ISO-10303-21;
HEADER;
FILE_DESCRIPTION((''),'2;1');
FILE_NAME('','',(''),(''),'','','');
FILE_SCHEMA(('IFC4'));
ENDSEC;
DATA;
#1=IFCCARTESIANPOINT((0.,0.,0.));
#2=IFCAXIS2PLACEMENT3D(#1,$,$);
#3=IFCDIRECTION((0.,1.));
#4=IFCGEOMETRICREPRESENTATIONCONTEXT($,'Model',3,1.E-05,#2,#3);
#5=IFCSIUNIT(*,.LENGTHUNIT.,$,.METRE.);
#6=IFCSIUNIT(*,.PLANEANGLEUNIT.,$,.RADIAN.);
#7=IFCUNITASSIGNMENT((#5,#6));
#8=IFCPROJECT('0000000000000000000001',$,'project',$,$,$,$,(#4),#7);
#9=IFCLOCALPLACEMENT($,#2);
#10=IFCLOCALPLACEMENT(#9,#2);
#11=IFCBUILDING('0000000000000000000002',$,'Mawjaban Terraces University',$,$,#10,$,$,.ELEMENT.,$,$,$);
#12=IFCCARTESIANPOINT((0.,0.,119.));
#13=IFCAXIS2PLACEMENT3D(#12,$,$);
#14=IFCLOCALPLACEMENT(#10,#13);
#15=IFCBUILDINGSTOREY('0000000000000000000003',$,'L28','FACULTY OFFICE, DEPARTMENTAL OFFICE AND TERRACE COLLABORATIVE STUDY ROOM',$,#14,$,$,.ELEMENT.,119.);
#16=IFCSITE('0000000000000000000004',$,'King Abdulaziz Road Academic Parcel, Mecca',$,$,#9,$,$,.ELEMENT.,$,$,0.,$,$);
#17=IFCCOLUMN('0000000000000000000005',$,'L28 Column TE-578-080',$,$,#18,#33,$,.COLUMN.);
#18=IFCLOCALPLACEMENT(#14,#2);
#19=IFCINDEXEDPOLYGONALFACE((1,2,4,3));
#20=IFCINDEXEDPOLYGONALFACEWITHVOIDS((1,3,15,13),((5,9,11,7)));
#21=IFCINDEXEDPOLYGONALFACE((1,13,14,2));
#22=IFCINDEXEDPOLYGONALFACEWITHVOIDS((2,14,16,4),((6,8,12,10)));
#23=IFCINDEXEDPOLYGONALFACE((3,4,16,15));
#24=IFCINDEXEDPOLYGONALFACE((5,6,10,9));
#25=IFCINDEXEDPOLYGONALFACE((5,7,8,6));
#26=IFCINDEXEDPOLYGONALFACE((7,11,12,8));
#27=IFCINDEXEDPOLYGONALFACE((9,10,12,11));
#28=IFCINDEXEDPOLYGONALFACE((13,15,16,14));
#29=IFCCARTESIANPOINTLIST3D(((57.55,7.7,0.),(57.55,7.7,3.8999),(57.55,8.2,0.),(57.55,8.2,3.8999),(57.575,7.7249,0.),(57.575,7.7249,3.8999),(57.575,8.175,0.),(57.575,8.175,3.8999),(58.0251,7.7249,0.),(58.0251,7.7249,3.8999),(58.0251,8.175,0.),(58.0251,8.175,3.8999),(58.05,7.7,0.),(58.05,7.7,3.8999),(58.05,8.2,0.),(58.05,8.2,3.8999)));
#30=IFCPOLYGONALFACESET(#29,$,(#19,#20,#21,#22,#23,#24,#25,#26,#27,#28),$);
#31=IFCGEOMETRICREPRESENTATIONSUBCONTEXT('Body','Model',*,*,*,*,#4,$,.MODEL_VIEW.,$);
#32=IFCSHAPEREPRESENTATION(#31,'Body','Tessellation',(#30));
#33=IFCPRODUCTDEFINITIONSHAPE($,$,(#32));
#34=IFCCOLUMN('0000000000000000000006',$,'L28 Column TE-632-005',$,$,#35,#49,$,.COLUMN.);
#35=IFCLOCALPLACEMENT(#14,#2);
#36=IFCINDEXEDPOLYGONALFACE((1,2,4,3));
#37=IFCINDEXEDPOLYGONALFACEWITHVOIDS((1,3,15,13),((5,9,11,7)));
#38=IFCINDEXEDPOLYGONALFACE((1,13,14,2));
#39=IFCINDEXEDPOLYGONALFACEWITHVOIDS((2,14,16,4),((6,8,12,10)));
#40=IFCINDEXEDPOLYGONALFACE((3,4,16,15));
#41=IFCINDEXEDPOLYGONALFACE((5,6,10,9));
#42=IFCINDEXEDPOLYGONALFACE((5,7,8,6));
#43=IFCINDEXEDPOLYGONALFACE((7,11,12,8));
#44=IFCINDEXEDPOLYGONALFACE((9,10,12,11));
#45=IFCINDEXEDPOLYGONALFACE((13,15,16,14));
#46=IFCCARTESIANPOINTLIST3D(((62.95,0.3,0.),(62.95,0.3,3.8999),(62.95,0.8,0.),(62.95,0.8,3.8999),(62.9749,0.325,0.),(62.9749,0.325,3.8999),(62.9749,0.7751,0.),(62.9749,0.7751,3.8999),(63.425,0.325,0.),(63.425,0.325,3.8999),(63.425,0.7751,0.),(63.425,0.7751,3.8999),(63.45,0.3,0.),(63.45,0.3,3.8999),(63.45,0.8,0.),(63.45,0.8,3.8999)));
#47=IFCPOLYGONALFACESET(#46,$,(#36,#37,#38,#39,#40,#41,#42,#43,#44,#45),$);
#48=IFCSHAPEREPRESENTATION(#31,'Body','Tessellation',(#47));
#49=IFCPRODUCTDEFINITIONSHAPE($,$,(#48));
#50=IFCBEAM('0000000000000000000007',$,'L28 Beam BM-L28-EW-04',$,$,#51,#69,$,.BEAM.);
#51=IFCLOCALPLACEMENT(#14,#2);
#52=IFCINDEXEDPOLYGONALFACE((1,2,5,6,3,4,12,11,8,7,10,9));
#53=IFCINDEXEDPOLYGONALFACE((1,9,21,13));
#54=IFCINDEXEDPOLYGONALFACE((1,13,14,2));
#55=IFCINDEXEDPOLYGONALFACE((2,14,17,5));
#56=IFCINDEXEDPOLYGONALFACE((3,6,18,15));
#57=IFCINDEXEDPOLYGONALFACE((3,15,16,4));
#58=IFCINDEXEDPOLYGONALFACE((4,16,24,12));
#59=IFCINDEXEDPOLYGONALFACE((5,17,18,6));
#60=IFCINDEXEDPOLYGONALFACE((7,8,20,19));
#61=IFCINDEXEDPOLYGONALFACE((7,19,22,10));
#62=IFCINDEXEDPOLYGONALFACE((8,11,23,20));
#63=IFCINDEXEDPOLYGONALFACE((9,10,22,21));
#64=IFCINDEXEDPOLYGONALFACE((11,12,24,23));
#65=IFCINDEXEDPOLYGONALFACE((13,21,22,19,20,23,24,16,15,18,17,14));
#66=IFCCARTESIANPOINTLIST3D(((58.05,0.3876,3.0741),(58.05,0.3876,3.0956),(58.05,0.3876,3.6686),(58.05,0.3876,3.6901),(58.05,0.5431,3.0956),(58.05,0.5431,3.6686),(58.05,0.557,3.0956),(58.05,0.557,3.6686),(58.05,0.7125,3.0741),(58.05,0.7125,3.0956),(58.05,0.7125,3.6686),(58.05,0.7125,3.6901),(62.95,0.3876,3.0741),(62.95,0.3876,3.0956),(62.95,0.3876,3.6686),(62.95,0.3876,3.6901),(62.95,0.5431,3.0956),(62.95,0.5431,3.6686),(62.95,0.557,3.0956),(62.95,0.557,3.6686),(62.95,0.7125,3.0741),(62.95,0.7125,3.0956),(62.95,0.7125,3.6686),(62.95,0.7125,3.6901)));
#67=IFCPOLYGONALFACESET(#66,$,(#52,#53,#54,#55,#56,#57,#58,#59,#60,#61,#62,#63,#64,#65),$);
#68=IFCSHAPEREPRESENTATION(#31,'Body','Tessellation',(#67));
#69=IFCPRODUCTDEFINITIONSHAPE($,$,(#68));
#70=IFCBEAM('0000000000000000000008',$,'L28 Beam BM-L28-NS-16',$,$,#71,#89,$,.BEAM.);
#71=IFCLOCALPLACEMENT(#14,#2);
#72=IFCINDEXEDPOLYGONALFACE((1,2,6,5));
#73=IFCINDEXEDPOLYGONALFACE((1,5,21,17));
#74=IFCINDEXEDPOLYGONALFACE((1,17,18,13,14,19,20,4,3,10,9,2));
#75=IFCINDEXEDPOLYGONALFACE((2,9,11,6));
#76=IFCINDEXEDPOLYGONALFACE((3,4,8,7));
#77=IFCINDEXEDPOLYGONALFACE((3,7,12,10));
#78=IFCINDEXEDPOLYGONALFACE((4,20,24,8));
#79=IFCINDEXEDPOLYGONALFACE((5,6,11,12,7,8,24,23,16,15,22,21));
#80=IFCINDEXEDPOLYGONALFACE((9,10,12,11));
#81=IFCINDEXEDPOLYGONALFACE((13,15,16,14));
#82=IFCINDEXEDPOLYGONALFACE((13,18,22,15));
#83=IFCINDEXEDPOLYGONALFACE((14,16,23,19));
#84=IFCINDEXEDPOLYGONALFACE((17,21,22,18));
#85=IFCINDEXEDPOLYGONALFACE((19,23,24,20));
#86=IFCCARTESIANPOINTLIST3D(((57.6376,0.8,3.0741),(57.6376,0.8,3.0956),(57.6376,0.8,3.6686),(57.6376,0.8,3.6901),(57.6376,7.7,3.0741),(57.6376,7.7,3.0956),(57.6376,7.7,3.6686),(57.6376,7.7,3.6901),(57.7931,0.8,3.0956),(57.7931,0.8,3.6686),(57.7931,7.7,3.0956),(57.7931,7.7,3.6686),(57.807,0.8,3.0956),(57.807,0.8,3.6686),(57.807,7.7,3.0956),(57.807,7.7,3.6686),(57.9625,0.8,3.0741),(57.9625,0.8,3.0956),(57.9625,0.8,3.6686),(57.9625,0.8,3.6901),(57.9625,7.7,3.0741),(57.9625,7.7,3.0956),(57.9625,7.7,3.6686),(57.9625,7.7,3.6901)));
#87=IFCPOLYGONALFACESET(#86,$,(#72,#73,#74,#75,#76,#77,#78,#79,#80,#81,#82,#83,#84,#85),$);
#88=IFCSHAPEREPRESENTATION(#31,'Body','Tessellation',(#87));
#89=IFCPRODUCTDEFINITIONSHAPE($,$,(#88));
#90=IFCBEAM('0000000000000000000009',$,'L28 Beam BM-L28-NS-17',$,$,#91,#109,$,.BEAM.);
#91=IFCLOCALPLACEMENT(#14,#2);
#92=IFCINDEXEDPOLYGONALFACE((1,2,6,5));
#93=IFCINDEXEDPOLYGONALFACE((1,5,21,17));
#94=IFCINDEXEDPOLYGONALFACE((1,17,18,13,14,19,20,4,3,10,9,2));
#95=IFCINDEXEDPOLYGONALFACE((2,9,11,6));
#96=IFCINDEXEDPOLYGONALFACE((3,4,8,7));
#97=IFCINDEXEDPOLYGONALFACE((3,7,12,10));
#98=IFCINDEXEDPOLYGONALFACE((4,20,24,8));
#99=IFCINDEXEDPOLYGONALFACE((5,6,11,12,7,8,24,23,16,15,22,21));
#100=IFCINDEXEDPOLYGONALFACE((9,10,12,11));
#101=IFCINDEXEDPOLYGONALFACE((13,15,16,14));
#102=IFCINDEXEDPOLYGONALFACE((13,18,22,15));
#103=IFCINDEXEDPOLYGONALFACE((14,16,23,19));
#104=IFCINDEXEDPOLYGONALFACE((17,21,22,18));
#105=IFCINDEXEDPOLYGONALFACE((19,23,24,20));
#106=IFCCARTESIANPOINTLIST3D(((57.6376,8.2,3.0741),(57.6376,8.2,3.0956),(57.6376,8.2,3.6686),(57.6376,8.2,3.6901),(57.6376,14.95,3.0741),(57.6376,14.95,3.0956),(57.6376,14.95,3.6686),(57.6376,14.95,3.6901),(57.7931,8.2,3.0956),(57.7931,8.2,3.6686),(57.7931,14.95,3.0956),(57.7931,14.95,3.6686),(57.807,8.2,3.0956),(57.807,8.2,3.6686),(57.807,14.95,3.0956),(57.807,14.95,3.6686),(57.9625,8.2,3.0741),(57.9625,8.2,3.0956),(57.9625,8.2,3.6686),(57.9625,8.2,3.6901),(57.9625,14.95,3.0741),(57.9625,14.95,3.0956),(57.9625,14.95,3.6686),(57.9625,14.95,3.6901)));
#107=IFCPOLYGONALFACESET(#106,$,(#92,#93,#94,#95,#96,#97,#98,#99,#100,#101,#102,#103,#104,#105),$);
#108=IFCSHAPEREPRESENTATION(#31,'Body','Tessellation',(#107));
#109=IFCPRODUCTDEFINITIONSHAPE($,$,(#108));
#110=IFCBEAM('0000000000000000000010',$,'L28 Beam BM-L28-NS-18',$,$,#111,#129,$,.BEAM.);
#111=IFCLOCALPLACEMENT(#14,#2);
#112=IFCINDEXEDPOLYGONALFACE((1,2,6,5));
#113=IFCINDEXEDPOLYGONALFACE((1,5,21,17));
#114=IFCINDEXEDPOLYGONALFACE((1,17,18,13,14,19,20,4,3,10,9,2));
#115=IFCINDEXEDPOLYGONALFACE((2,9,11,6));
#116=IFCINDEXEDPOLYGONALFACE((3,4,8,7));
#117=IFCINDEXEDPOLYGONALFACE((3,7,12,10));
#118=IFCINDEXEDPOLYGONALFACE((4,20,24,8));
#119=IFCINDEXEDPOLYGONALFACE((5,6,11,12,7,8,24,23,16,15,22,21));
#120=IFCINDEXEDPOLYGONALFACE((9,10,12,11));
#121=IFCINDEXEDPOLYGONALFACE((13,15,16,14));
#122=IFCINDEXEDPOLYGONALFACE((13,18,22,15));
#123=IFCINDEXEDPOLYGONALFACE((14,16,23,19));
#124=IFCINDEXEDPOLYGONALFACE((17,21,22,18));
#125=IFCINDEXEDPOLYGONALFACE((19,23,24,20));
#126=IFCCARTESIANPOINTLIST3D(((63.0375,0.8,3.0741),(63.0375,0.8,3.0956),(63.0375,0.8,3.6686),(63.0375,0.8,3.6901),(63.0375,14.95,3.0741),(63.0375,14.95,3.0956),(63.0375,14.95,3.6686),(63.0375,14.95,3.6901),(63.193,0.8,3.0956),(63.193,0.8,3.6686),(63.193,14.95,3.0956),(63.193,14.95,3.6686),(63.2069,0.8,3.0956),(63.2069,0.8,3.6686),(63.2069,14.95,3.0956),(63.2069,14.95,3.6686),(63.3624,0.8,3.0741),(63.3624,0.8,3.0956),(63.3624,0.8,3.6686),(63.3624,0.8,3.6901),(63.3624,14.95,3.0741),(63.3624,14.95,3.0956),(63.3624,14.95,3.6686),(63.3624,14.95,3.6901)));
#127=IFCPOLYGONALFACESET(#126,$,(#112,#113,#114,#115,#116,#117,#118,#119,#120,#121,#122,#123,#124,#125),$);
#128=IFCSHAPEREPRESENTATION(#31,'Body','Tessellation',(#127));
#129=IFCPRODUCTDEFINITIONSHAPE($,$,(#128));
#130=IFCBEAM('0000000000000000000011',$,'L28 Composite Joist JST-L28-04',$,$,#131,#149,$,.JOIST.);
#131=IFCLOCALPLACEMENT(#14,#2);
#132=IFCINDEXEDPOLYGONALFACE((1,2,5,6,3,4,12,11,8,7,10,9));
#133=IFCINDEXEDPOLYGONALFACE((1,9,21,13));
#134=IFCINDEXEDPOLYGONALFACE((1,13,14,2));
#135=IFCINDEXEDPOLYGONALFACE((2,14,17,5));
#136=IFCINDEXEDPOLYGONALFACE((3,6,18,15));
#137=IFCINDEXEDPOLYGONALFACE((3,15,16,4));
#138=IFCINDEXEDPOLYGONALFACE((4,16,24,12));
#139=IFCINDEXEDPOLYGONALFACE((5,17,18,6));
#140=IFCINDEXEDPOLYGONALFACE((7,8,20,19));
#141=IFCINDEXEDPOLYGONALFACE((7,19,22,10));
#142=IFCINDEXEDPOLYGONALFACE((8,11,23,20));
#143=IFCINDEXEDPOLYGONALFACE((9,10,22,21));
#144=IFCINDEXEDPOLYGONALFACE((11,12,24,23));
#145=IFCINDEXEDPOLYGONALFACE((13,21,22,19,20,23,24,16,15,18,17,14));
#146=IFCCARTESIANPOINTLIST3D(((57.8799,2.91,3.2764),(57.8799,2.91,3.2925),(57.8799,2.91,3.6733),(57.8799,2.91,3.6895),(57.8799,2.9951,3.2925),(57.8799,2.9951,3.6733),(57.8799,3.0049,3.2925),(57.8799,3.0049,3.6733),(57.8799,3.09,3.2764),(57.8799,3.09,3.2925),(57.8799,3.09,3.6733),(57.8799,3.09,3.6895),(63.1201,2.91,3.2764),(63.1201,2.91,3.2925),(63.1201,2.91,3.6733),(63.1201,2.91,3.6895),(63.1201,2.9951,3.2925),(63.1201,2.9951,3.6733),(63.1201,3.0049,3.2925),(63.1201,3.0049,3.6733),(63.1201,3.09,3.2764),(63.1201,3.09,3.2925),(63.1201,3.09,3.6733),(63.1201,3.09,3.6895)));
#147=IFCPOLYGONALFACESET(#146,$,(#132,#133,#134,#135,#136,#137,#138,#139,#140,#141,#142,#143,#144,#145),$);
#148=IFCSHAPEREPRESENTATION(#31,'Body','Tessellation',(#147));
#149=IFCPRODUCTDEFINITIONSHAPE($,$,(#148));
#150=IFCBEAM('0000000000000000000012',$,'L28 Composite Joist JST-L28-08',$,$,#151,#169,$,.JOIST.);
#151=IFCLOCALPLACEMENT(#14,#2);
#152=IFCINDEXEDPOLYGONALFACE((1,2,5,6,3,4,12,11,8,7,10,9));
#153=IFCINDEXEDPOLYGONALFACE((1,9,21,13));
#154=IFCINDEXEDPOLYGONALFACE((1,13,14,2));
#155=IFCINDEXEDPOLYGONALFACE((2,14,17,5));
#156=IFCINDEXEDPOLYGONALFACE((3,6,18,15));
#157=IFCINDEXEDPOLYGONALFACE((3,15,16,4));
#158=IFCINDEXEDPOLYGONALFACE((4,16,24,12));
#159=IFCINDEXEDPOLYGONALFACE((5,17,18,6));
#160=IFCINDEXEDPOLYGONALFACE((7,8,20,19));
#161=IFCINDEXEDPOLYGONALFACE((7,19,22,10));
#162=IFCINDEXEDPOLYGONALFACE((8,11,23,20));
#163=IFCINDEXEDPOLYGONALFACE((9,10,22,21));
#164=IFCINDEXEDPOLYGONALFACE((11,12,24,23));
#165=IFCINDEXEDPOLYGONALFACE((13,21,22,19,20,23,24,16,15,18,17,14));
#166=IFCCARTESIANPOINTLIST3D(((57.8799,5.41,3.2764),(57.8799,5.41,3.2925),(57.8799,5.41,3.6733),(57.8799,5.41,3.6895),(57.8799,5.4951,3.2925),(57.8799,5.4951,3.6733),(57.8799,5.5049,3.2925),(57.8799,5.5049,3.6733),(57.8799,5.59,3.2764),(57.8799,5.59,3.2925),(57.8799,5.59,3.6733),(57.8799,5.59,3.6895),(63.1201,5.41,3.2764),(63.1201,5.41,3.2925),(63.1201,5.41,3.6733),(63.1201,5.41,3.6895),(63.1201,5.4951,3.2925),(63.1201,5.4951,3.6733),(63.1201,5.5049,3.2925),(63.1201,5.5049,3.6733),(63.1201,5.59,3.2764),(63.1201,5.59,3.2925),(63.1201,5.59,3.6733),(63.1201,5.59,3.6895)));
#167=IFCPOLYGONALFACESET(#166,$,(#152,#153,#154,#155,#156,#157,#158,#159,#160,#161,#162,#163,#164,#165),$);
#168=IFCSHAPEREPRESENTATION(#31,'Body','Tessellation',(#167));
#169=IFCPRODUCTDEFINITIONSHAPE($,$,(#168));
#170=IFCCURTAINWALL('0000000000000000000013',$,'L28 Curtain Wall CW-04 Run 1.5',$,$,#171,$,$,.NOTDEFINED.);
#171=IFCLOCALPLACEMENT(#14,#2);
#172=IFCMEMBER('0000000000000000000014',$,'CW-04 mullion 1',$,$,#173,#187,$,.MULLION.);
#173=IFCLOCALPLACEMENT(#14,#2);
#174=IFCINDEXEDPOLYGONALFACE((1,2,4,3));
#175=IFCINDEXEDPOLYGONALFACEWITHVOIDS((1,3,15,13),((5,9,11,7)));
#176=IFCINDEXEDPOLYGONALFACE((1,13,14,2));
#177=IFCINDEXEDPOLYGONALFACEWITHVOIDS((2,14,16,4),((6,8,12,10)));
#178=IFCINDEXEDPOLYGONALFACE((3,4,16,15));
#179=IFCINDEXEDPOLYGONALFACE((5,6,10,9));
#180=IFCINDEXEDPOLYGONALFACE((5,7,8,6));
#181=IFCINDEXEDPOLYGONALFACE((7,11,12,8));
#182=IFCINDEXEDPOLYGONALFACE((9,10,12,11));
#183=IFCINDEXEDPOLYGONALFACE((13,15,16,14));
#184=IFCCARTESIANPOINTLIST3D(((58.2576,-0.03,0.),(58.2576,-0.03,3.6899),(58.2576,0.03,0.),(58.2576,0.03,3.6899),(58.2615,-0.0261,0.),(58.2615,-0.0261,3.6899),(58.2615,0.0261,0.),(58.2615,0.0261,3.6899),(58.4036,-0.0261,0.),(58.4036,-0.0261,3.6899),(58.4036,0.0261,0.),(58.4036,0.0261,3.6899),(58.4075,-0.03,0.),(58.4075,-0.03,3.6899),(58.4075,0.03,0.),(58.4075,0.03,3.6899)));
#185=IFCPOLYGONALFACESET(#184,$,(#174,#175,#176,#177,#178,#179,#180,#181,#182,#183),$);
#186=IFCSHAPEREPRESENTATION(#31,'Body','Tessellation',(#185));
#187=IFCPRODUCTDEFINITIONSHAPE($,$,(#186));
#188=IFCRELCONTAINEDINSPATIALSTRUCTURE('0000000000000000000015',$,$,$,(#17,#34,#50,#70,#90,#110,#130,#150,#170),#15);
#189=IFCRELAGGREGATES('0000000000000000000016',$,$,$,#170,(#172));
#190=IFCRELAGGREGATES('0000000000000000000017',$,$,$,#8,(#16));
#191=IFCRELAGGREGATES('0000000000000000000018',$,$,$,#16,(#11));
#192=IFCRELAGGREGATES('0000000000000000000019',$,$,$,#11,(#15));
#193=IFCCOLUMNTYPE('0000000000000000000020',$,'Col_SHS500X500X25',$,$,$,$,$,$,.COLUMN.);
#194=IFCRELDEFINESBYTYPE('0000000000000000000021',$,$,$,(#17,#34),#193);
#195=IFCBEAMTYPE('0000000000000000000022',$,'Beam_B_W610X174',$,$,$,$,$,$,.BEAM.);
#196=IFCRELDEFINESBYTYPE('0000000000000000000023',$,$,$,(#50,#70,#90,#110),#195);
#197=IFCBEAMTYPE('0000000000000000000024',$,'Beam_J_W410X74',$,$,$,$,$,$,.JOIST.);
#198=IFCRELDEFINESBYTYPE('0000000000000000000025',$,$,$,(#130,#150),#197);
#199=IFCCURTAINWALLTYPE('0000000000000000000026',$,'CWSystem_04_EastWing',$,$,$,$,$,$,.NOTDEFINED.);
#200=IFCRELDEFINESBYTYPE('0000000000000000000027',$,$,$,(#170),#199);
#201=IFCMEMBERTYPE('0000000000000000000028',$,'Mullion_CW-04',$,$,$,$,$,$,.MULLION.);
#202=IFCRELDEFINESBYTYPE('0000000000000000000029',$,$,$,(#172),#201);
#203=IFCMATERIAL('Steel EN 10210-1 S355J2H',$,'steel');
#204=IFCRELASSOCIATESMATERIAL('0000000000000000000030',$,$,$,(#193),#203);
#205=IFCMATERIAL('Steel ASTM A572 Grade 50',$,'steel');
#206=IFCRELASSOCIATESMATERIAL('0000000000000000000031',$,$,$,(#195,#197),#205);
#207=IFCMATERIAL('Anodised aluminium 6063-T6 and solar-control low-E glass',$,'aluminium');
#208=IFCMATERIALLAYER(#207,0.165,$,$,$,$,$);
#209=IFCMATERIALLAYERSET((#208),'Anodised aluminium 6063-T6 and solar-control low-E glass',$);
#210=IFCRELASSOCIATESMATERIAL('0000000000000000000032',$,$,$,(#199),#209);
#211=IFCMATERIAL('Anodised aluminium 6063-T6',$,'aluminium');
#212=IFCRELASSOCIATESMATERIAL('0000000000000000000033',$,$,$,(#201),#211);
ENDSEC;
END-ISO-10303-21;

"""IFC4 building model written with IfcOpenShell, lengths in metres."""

from ifc_helpers import new_model, si_unit, direction, frame, origin, origin_2d, place, context, subcontext, project, spatial, hollow_rectangle, i_section, extrude, material, layer, layer_set, material_profile, profile_set, type_object, element, aggregate, save


model = new_model("IFC4")

# Units and contexts
model_context = context("Model", 3, precision=1e-05, world=origin(), true_north=direction((0.0, 1.0)))
body_context = subcontext(model_context, "Body", "Model", "MODEL_VIEW")
ifc_project = project(units=[si_unit("LENGTHUNIT", "METRE"), si_unit("PLANEANGLEUNIT", "RADIAN")], contexts=[model_context])

# Site, building, storey
site_placement = place(None, origin())
site = spatial("IfcSite", under=ifc_project, at=site_placement, Name="King Abdulaziz Road Academic Parcel, Mecca", CompositionType="ELEMENT", RefElevation=0.0)
building_placement = place(site_placement, origin())
building = spatial("IfcBuilding", under=site, at=building_placement, Name="Mawjaban Terraces University", CompositionType="ELEMENT")
storey_placement = place(building_placement, frame((0.0, 0.0, 119.0)))
storey = spatial("IfcBuildingStorey", under=building, at=storey_placement, Name="L28", Description="FACULTY OFFICE, DEPARTMENTAL OFFICE AND TERRACE COLLABORATIVE STUDY ROOM", CompositionType="ELEMENT", Elevation=119.0)

# Columns
ifc_material_1 = material(Name="Steel EN 10210-1 S355J2H", Category="steel")
ifc_material_profile_1 = material_profile(ifc_material_1, hollow_rectangle(XDim=0.5, YDim=0.5, WallThickness=0.0249, at=origin_2d()), Name="SHS500X500X25")
ifc_profile_set_1 = profile_set([ifc_material_profile_1], Name="Steel EN 10210-1 S355J2H")
column_type = type_object("IfcColumnType", Name="Col_SHS500X500X25", PredefinedType="COLUMN", material=ifc_profile_set_1)
for number, where, z_axis, x_axis, name in (
    (1, (57.8, 7.95, 0.0), (0.0, 0.0, 1.0), (1.0, 0.0, 0.0), "L28 Column TE-578-080"),
    (2, (63.2, 0.55, 0.0), (0.0, 0.0, 1.0), (1.0, 0.0, 0.0), "L28 Column TE-632-005"),
):
    element("IfcColumn", number, at=place(storey_placement, frame(where, z_axis=z_axis, x_axis=x_axis)), inside=storey, type_object=column_type, Name=name, PredefinedType="COLUMN", context=body_context, shape_type="SweptSolid", body=[
        extrude(hollow_rectangle(XDim=0.5, YDim=0.5, WallThickness=0.0249, at=origin_2d()), origin(), (0.0, 0.0, 1.0), 3.8999),
    ])

# Beams
ifc_material_2 = material(Name="Steel ASTM A572 Grade 50", Category="steel")
ifc_material_profile_2 = material_profile(ifc_material_2, i_section(OverallWidth=0.325, OverallDepth=0.616, WebThickness=0.0139, FlangeThickness=0.0215, at=origin_2d()), Name="W610X174")
ifc_profile_set_2 = profile_set([ifc_material_profile_2], Name="Steel ASTM A572 Grade 50")
beam_type_1 = type_object("IfcBeamType", Name="Beam_B_W610X174", PredefinedType="BEAM", material=ifc_profile_set_2)
beam_1_placement = place(storey_placement, frame((58.05, 0.55, 3.3821), z_axis=(1.0, 0.0, 0.0), x_axis=(0.0, 1.0, 0.0)))
element("IfcBeam", 3, at=beam_1_placement, inside=storey, type_object=beam_type_1, Name="L28 Beam BM-L28-EW-04", PredefinedType="BEAM", context=body_context, shape_type="SweptSolid", body=[
    extrude(i_section(OverallWidth=0.325, OverallDepth=0.616, WebThickness=0.0139, FlangeThickness=0.0215, at=origin_2d()), origin(), (0.0, 0.0, 1.0), 4.8999),
])
beam_2_placement = place(storey_placement, frame((57.8, 0.8, 3.3821), z_axis=(0.0, 1.0, 0.0), x_axis=(-1.0, 0.0, 0.0)))
element("IfcBeam", 4, at=beam_2_placement, inside=storey, type_object=beam_type_1, Name="L28 Beam BM-L28-NS-16", PredefinedType="BEAM", context=body_context, shape_type="SweptSolid", body=[
    extrude(i_section(OverallWidth=0.325, OverallDepth=0.616, WebThickness=0.0139, FlangeThickness=0.0215, at=origin_2d()), origin(), (0.0, 0.0, 1.0), 6.8999),
])
beam_3_placement = place(storey_placement, frame((57.8, 8.2, 3.3821), z_axis=(0.0, 1.0, 0.0), x_axis=(-1.0, 0.0, 0.0)))
element("IfcBeam", 5, at=beam_3_placement, inside=storey, type_object=beam_type_1, Name="L28 Beam BM-L28-NS-17", PredefinedType="BEAM", context=body_context, shape_type="SweptSolid", body=[
    extrude(i_section(OverallWidth=0.325, OverallDepth=0.616, WebThickness=0.0139, FlangeThickness=0.0215, at=origin_2d()), origin(), (0.0, 0.0, 1.0), 6.75),
])
beam_4_placement = place(storey_placement, frame((63.2, 0.8, 3.3821), z_axis=(0.0, 1.0, 0.0), x_axis=(-1.0, 0.0, 0.0)))
element("IfcBeam", 6, at=beam_4_placement, inside=storey, type_object=beam_type_1, Name="L28 Beam BM-L28-NS-18", PredefinedType="BEAM", context=body_context, shape_type="SweptSolid", body=[
    extrude(i_section(OverallWidth=0.325, OverallDepth=0.616, WebThickness=0.0139, FlangeThickness=0.0215, at=origin_2d()), origin(), (0.0, 0.0, 1.0), 14.1499),
])
ifc_material_profile_3 = material_profile(ifc_material_2, i_section(OverallWidth=0.1799, OverallDepth=0.4131, WebThickness=0.0098, FlangeThickness=0.0161, at=origin_2d()), Name="W410X74")
ifc_profile_set_3 = profile_set([ifc_material_profile_3], Name="Steel ASTM A572 Grade 50")
beam_type_2 = type_object("IfcBeamType", Name="Beam_J_W410X74", PredefinedType="JOIST", material=ifc_profile_set_3)
for number, where, z_axis, x_axis, name in (
    (7, (57.8799, 3.0, 3.4829), (1.0, 0.0, 0.0), (0.0, 1.0, 0.0), "L28 Composite Joist JST-L28-04"),
    (8, (57.8799, 5.5, 3.4829), (1.0, 0.0, 0.0), (0.0, 1.0, 0.0), "L28 Composite Joist JST-L28-08"),
):
    element("IfcBeam", number, at=place(storey_placement, frame(where, z_axis=z_axis, x_axis=x_axis)), inside=storey, type_object=beam_type_2, Name=name, PredefinedType="JOIST", context=body_context, shape_type="SweptSolid", body=[
        extrude(i_section(OverallWidth=0.1799, OverallDepth=0.4131, WebThickness=0.0098, FlangeThickness=0.0161, at=origin_2d()), origin(), (0.0, 0.0, 1.0), 5.2402),
    ])

# Curtain wall, member
ifc_material_3 = material(Name="Anodised aluminium 6063-T6 and solar-control low-E glass", Category="aluminium")
ifc_layer_1 = layer(ifc_material_3, 0.165)
ifc_layer_set_1 = layer_set([ifc_layer_1], Name="Anodised aluminium 6063-T6 and solar-control low-E glass")
curtain_wall_type = type_object("IfcCurtainWallType", Name="CWSystem_04_EastWing", PredefinedType="NOTDEFINED", material=ifc_layer_set_1)
curtain_wall_placement = place(storey_placement, origin())
curtain_wall = element("IfcCurtainWall", 9, at=curtain_wall_placement, inside=storey, type_object=curtain_wall_type, Name="L28 Curtain Wall CW-04 Run 1.5", PredefinedType="NOTDEFINED")
ifc_material_4 = material(Name="Anodised aluminium 6063-T6", Category="aluminium")
ifc_material_profile_4 = material_profile(ifc_material_4, hollow_rectangle(XDim=0.0601, YDim=0.1499, WallThickness=0.0039, at=origin_2d()), Name="ALU150X60X4")
ifc_profile_set_4 = profile_set([ifc_material_profile_4], Name="Anodised aluminium 6063-T6")
member_type_1 = type_object("IfcMemberType", Name="Mullion_CW-04", PredefinedType="MULLION", material=ifc_profile_set_4)
member_1_placement = place(storey_placement, frame((58.3325, 0.0, 0.0), z_axis=(0.0, 0.0, 1.0), x_axis=(0.0, 1.0, 0.0)))
member_1 = element("IfcMember", 10, at=member_1_placement, type_object=member_type_1, Name="CW-04 mullion 1", PredefinedType="MULLION", context=body_context, shape_type="SweptSolid", body=[
    extrude(hollow_rectangle(XDim=0.0601, YDim=0.1499, WallThickness=0.0039, at=origin_2d()), origin(), (0.0, 0.0, 1.0), 3.6899),
])
aggregate(curtain_wall, [member_1])

save(model, "model.ifc")
